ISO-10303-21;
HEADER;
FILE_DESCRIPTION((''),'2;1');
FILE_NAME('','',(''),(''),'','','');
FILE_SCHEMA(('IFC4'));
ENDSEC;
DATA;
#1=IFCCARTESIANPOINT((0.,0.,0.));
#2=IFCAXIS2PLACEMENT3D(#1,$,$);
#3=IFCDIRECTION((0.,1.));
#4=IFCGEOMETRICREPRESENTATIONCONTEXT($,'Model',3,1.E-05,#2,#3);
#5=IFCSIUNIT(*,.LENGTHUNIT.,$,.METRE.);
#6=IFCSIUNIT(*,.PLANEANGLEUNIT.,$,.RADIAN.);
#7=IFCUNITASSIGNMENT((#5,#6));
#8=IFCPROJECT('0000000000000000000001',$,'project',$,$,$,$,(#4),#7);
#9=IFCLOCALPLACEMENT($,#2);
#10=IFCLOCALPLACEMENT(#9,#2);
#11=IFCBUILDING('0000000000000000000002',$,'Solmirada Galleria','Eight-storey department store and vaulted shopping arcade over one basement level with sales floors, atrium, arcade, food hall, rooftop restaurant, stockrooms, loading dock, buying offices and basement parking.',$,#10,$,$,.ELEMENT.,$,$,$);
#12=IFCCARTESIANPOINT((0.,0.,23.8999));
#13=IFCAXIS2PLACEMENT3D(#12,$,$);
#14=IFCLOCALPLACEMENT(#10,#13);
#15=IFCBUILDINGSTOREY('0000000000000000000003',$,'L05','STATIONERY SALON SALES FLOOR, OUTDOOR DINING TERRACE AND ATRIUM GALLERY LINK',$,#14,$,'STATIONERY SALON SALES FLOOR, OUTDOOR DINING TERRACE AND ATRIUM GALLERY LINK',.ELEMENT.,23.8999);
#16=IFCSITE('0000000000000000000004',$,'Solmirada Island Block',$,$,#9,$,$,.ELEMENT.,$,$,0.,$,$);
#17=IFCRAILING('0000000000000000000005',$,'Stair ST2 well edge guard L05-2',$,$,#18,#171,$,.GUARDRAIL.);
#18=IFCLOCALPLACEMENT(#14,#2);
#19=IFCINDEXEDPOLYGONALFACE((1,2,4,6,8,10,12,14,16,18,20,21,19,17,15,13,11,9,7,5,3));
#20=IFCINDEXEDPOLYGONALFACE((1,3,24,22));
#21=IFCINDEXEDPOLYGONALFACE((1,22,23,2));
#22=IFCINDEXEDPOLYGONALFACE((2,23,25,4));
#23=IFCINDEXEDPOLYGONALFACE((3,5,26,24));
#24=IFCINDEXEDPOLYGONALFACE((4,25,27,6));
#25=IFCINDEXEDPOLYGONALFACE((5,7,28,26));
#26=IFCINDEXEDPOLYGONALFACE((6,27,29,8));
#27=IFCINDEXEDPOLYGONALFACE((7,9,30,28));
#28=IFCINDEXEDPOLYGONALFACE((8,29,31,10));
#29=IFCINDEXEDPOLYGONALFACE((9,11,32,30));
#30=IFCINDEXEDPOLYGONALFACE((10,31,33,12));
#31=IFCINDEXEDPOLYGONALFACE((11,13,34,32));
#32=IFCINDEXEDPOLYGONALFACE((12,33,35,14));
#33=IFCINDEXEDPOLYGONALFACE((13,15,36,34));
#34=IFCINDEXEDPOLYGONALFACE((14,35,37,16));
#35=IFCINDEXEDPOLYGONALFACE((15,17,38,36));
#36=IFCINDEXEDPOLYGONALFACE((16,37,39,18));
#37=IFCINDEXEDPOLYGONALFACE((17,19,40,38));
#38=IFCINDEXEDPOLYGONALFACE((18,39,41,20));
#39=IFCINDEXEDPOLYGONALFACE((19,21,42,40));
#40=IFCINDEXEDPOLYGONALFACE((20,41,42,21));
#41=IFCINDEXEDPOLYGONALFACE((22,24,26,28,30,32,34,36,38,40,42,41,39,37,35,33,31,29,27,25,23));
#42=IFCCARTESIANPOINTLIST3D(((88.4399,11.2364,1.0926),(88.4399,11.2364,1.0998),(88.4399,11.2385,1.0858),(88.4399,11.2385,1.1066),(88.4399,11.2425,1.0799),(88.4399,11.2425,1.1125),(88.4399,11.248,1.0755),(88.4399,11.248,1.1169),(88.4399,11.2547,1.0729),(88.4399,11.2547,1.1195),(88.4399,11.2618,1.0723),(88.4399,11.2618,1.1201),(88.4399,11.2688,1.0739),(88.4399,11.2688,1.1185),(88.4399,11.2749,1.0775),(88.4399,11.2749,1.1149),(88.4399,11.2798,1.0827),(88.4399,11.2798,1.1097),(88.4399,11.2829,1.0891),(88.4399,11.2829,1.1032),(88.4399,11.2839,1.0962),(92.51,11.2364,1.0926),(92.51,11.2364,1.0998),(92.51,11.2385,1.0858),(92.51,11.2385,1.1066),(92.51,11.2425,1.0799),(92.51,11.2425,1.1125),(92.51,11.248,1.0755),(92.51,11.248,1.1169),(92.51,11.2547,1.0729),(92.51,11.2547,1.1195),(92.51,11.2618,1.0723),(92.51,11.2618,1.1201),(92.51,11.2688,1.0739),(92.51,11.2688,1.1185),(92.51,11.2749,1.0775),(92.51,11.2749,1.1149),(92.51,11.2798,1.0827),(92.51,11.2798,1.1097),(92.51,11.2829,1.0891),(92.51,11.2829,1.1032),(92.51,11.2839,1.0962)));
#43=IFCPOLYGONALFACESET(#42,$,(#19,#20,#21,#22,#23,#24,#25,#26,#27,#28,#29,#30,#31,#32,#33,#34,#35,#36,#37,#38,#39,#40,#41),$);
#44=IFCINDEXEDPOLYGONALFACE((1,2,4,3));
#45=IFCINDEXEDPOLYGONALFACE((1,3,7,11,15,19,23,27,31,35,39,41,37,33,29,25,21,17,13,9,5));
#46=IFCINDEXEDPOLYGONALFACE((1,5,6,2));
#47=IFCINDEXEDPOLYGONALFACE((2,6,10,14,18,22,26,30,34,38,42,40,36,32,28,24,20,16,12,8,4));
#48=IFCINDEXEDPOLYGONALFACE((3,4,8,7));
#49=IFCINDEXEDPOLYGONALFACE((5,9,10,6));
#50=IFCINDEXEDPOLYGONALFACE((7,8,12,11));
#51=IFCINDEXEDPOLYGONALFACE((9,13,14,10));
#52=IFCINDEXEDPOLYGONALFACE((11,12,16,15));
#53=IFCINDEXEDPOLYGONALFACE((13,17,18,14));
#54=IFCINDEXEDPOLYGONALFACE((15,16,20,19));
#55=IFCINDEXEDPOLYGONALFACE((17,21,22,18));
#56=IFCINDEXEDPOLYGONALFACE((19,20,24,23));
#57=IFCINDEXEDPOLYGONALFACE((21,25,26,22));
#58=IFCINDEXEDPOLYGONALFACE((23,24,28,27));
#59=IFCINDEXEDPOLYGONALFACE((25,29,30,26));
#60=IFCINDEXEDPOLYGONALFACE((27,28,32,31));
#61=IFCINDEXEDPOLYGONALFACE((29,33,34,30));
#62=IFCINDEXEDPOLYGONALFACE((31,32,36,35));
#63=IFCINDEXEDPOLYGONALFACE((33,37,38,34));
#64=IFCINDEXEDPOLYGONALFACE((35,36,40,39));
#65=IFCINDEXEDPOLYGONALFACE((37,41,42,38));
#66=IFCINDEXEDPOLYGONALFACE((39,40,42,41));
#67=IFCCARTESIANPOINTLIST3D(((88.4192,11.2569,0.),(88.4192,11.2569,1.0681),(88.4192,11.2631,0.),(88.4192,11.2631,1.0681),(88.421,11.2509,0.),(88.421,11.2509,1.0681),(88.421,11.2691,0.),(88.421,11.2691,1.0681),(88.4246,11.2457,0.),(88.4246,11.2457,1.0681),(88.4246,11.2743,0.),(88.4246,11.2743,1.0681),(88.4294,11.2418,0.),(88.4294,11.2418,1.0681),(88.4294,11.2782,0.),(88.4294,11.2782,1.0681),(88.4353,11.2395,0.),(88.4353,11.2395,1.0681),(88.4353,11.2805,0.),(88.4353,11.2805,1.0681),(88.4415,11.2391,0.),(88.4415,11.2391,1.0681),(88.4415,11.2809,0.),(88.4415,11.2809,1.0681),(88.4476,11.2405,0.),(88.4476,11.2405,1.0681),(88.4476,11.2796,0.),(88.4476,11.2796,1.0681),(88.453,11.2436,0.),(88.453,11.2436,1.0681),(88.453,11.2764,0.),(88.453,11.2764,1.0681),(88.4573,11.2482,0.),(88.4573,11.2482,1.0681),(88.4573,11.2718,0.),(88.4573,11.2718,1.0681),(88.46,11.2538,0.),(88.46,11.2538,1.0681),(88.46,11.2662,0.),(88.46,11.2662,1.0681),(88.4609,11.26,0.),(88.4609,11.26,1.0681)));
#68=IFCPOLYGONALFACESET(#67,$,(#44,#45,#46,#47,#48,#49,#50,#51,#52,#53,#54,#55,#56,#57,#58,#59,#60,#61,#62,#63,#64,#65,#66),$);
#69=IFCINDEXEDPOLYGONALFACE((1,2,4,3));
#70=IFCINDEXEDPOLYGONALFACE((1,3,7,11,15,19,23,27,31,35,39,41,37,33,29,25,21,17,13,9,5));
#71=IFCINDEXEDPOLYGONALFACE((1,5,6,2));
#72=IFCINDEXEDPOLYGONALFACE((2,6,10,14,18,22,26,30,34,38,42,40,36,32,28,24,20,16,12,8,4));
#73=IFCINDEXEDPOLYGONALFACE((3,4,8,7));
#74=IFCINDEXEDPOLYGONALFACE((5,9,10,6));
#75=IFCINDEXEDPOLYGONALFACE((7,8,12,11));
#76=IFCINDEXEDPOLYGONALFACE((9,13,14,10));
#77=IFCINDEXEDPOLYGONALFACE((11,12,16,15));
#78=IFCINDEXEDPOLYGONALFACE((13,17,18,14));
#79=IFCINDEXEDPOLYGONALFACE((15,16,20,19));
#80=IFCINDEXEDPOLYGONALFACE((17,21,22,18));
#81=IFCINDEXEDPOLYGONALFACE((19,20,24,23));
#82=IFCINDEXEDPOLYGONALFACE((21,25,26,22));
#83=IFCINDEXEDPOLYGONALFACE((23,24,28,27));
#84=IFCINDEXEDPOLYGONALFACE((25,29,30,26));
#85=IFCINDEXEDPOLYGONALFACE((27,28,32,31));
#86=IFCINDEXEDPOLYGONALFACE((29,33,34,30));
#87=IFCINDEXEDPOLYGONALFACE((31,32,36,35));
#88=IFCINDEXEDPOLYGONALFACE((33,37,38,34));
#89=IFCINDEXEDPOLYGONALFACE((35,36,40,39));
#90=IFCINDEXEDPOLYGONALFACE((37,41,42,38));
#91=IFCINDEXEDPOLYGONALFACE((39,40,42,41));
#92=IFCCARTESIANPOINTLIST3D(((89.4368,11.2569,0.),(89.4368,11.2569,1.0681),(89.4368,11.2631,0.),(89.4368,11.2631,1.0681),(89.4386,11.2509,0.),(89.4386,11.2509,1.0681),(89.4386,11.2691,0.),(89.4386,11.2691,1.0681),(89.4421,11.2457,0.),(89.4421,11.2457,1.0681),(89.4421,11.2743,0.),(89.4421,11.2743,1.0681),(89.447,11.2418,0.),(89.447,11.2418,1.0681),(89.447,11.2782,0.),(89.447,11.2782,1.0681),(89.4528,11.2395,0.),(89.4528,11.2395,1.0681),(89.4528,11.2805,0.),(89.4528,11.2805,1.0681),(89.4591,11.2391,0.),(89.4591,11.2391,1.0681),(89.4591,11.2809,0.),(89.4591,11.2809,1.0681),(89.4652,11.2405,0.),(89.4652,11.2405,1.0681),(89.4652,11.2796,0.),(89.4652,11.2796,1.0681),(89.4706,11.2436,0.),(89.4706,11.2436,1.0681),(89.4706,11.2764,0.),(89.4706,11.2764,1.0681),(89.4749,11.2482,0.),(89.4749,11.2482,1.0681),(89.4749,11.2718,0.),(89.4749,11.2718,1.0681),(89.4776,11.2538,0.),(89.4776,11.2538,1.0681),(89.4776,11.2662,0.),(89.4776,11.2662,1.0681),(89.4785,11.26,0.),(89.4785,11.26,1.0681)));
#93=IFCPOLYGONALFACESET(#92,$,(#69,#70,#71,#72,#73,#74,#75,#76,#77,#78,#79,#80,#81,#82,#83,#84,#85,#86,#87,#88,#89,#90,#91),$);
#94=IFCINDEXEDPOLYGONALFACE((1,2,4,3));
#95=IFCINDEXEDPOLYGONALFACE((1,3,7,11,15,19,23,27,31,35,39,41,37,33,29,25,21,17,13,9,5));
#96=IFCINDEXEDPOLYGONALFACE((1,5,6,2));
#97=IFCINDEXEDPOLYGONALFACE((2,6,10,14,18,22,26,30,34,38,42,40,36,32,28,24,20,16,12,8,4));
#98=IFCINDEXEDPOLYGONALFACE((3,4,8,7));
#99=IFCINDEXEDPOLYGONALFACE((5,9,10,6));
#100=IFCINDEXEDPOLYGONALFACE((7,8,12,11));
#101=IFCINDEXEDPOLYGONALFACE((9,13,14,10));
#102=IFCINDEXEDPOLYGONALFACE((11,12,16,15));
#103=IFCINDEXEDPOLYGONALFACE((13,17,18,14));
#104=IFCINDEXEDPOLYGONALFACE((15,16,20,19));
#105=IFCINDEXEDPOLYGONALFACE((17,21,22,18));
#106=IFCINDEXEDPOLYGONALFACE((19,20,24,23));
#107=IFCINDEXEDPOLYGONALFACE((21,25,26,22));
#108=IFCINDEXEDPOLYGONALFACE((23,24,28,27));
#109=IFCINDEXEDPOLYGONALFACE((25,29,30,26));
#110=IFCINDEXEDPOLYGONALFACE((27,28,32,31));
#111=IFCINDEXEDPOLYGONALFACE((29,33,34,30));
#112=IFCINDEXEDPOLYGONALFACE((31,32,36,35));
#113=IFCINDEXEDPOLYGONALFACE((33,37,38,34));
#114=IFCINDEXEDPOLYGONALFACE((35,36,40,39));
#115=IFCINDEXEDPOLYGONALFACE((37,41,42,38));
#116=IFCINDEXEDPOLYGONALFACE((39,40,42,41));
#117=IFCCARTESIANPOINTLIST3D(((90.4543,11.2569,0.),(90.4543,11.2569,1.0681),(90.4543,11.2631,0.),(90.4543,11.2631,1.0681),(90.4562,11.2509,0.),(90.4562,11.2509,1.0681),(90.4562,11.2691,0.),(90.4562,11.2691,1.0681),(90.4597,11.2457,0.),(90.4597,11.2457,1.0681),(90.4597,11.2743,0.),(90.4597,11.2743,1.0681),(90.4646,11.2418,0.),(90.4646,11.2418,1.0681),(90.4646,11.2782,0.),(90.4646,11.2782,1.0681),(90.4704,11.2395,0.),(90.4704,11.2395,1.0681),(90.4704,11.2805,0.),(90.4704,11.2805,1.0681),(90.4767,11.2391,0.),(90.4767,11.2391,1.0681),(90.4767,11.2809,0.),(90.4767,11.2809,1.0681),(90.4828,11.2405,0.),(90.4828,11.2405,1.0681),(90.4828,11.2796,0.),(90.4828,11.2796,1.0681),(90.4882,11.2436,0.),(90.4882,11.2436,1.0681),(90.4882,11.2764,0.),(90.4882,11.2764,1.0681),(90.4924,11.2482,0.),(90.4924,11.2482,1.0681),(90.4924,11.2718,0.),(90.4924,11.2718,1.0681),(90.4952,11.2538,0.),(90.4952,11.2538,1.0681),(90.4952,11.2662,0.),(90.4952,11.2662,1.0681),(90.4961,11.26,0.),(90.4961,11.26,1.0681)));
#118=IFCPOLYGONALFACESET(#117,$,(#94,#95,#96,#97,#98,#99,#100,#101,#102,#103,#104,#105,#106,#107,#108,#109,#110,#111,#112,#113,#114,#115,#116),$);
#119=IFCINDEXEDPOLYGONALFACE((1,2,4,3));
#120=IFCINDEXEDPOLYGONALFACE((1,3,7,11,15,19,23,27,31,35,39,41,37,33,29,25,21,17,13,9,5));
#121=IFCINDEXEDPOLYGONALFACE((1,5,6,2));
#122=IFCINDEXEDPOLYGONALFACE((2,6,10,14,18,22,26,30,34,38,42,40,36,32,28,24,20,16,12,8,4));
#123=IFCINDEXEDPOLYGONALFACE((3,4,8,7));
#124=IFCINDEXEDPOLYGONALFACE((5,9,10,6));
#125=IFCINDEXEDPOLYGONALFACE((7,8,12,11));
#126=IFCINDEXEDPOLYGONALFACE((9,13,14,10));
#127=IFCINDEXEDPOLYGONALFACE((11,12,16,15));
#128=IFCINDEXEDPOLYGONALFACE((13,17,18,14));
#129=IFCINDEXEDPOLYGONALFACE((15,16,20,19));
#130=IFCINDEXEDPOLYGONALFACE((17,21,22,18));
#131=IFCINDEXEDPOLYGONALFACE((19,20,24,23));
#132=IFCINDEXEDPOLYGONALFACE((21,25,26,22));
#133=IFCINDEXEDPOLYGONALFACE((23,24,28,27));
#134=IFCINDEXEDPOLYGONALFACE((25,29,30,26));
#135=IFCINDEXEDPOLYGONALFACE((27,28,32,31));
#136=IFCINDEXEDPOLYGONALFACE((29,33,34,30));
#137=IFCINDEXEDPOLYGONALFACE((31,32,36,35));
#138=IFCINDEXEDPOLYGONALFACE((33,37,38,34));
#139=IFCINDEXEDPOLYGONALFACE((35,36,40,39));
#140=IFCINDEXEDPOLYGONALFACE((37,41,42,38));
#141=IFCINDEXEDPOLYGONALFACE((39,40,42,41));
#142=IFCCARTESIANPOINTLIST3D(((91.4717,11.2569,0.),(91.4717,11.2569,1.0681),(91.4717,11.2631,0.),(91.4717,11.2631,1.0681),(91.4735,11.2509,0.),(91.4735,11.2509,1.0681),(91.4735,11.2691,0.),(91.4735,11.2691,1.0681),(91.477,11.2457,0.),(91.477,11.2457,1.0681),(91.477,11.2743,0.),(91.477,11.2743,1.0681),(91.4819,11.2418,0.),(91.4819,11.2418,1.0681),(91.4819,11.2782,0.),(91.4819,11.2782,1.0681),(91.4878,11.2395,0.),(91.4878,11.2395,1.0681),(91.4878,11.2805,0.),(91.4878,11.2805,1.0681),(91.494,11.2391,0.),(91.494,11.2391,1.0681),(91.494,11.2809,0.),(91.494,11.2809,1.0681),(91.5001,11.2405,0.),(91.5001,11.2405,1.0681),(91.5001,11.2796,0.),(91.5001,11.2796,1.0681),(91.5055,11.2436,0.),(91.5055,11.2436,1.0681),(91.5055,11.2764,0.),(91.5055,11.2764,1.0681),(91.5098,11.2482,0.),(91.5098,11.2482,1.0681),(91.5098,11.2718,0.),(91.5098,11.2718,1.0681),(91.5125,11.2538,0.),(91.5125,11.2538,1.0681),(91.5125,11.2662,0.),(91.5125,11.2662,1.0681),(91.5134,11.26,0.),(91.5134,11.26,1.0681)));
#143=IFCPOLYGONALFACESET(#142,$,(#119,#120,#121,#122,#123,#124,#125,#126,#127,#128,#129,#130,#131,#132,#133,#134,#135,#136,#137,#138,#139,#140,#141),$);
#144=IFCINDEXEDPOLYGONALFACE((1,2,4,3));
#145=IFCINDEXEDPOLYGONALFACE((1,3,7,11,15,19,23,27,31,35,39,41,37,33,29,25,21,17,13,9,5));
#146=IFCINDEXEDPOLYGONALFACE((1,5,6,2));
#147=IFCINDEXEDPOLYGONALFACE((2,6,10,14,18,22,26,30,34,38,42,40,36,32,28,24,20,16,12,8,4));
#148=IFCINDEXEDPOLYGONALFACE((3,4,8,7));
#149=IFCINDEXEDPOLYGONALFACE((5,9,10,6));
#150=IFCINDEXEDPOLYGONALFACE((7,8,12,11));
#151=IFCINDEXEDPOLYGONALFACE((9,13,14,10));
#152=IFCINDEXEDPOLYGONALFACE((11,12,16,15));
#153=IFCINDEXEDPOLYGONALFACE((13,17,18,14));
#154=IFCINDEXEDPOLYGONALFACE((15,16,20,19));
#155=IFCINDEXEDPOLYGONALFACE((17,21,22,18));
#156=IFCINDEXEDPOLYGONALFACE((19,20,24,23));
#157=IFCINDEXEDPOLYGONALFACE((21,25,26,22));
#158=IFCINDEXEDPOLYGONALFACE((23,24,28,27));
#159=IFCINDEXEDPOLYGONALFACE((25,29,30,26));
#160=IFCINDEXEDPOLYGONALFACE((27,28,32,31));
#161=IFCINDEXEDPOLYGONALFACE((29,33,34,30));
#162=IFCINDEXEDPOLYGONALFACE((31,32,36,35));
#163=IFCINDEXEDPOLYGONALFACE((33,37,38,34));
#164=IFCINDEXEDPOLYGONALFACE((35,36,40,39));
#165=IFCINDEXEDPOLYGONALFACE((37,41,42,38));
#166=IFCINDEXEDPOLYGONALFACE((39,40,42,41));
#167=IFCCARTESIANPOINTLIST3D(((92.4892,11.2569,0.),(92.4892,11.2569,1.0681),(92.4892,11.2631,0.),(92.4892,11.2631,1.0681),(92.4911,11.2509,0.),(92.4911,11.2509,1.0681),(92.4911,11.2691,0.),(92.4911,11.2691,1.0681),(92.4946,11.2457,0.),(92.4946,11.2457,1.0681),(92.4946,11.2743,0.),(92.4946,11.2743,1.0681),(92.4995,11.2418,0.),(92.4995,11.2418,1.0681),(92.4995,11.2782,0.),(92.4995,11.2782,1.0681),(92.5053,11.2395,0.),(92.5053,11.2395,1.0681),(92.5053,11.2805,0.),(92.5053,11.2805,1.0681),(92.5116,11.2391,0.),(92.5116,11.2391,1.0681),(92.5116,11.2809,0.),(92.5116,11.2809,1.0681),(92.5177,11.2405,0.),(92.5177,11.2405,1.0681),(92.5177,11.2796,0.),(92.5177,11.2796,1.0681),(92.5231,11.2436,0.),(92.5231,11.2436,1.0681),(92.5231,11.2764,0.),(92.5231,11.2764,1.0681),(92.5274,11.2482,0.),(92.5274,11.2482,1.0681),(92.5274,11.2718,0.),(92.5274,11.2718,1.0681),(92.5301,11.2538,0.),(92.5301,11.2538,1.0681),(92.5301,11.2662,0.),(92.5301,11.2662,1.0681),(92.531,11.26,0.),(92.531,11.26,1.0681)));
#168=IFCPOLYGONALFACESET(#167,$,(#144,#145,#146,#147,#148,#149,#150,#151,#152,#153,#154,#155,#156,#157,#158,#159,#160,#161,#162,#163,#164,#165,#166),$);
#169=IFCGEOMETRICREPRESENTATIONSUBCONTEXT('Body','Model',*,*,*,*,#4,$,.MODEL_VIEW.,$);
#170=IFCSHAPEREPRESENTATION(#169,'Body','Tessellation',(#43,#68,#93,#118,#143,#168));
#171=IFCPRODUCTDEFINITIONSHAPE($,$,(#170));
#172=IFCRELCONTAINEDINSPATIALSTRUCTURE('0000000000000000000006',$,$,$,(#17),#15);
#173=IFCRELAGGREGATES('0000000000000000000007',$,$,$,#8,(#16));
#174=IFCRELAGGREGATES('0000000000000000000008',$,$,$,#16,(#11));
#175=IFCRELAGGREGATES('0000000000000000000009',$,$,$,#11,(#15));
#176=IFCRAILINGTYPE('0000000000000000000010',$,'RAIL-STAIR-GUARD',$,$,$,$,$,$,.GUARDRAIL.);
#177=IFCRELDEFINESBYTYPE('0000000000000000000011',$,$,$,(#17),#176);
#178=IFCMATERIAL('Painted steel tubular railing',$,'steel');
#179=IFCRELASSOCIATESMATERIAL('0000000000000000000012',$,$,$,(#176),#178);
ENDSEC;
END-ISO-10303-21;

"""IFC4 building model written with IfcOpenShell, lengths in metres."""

from ifc_helpers import new_model, si_unit, direction, frame, origin, origin_2d, place, context, subcontext, project, spatial, circle, extrude, material, type_object, element, save


model = new_model("IFC4")

# Units and contexts
model_context = context("Model", 3, precision=1e-05, world=origin(), true_north=direction((0.0, 1.0)))
body_context = subcontext(model_context, "Body", "Model", "MODEL_VIEW")
ifc_project = project(units=[si_unit("LENGTHUNIT", "METRE"), si_unit("PLANEANGLEUNIT", "RADIAN")], contexts=[model_context])

# Site, building, storey
site_placement = place(None, origin())
site = spatial("IfcSite", under=ifc_project, at=site_placement, Name="Solmirada Island Block", CompositionType="ELEMENT", RefElevation=0.0)
building_placement = place(site_placement, origin())
building = spatial("IfcBuilding", under=site, at=building_placement, Name="Solmirada Galleria", Description="Eight-storey department store and vaulted shopping arcade over one basement level with sales floors, atrium, arcade, food hall, rooftop restaurant, stockrooms, loading dock, buying offices and basement parking.", CompositionType="ELEMENT")
storey_placement = place(building_placement, frame((0.0, 0.0, 23.8999)))
storey = spatial("IfcBuildingStorey", under=building, at=storey_placement, Name="L05", Description="STATIONERY SALON SALES FLOOR, OUTDOOR DINING TERRACE AND ATRIUM GALLERY LINK", LongName="STATIONERY SALON SALES FLOOR, OUTDOOR DINING TERRACE AND ATRIUM GALLERY LINK", CompositionType="ELEMENT", Elevation=23.8999)

# Railing
ifc_material_1 = material(Name="Painted steel tubular railing", Category="steel")
railing_type_1 = type_object("IfcRailingType", Name="RAIL-STAIR-GUARD", PredefinedType="GUARDRAIL", material=ifc_material_1)
railing_1_placement = place(storey_placement, frame((88.4399, 11.26, 0.0)))
element("IfcRailing", 1, at=railing_1_placement, inside=storey, type_object=railing_type_1, Name="Stair ST2 well edge guard L05-2", PredefinedType="GUARDRAIL", context=body_context, shape_type="SweptSolid", body=[
    extrude(circle(Radius=0.0239, at=origin_2d()), frame((0.0, 0.0, 1.0962), z_axis=(1.0, 0.0, 0.0), x_axis=(0.0, 1.0, 0.0)), (0.0, 0.0, 1.0), 4.0701),
    extrude(circle(Radius=0.021, at=origin_2d()), origin(), (0.0, 0.0, 1.0), 1.0681),
    extrude(circle(Radius=0.021, at=origin_2d()), frame((1.0176, 0.0, 0.0)), (0.0, 0.0, 1.0), 1.0681),
    extrude(circle(Radius=0.021, at=origin_2d()), frame((2.0352, 0.0, 0.0)), (0.0, 0.0, 1.0), 1.0681),
    extrude(circle(Radius=0.021, at=origin_2d()), frame((3.0525, 0.0, 0.0)), (0.0, 0.0, 1.0), 1.0681),
    extrude(circle(Radius=0.021, at=origin_2d()), frame((4.0701, 0.0, 0.0)), (0.0, 0.0, 1.0), 1.0681),
])

save(model, "model.ifc")
